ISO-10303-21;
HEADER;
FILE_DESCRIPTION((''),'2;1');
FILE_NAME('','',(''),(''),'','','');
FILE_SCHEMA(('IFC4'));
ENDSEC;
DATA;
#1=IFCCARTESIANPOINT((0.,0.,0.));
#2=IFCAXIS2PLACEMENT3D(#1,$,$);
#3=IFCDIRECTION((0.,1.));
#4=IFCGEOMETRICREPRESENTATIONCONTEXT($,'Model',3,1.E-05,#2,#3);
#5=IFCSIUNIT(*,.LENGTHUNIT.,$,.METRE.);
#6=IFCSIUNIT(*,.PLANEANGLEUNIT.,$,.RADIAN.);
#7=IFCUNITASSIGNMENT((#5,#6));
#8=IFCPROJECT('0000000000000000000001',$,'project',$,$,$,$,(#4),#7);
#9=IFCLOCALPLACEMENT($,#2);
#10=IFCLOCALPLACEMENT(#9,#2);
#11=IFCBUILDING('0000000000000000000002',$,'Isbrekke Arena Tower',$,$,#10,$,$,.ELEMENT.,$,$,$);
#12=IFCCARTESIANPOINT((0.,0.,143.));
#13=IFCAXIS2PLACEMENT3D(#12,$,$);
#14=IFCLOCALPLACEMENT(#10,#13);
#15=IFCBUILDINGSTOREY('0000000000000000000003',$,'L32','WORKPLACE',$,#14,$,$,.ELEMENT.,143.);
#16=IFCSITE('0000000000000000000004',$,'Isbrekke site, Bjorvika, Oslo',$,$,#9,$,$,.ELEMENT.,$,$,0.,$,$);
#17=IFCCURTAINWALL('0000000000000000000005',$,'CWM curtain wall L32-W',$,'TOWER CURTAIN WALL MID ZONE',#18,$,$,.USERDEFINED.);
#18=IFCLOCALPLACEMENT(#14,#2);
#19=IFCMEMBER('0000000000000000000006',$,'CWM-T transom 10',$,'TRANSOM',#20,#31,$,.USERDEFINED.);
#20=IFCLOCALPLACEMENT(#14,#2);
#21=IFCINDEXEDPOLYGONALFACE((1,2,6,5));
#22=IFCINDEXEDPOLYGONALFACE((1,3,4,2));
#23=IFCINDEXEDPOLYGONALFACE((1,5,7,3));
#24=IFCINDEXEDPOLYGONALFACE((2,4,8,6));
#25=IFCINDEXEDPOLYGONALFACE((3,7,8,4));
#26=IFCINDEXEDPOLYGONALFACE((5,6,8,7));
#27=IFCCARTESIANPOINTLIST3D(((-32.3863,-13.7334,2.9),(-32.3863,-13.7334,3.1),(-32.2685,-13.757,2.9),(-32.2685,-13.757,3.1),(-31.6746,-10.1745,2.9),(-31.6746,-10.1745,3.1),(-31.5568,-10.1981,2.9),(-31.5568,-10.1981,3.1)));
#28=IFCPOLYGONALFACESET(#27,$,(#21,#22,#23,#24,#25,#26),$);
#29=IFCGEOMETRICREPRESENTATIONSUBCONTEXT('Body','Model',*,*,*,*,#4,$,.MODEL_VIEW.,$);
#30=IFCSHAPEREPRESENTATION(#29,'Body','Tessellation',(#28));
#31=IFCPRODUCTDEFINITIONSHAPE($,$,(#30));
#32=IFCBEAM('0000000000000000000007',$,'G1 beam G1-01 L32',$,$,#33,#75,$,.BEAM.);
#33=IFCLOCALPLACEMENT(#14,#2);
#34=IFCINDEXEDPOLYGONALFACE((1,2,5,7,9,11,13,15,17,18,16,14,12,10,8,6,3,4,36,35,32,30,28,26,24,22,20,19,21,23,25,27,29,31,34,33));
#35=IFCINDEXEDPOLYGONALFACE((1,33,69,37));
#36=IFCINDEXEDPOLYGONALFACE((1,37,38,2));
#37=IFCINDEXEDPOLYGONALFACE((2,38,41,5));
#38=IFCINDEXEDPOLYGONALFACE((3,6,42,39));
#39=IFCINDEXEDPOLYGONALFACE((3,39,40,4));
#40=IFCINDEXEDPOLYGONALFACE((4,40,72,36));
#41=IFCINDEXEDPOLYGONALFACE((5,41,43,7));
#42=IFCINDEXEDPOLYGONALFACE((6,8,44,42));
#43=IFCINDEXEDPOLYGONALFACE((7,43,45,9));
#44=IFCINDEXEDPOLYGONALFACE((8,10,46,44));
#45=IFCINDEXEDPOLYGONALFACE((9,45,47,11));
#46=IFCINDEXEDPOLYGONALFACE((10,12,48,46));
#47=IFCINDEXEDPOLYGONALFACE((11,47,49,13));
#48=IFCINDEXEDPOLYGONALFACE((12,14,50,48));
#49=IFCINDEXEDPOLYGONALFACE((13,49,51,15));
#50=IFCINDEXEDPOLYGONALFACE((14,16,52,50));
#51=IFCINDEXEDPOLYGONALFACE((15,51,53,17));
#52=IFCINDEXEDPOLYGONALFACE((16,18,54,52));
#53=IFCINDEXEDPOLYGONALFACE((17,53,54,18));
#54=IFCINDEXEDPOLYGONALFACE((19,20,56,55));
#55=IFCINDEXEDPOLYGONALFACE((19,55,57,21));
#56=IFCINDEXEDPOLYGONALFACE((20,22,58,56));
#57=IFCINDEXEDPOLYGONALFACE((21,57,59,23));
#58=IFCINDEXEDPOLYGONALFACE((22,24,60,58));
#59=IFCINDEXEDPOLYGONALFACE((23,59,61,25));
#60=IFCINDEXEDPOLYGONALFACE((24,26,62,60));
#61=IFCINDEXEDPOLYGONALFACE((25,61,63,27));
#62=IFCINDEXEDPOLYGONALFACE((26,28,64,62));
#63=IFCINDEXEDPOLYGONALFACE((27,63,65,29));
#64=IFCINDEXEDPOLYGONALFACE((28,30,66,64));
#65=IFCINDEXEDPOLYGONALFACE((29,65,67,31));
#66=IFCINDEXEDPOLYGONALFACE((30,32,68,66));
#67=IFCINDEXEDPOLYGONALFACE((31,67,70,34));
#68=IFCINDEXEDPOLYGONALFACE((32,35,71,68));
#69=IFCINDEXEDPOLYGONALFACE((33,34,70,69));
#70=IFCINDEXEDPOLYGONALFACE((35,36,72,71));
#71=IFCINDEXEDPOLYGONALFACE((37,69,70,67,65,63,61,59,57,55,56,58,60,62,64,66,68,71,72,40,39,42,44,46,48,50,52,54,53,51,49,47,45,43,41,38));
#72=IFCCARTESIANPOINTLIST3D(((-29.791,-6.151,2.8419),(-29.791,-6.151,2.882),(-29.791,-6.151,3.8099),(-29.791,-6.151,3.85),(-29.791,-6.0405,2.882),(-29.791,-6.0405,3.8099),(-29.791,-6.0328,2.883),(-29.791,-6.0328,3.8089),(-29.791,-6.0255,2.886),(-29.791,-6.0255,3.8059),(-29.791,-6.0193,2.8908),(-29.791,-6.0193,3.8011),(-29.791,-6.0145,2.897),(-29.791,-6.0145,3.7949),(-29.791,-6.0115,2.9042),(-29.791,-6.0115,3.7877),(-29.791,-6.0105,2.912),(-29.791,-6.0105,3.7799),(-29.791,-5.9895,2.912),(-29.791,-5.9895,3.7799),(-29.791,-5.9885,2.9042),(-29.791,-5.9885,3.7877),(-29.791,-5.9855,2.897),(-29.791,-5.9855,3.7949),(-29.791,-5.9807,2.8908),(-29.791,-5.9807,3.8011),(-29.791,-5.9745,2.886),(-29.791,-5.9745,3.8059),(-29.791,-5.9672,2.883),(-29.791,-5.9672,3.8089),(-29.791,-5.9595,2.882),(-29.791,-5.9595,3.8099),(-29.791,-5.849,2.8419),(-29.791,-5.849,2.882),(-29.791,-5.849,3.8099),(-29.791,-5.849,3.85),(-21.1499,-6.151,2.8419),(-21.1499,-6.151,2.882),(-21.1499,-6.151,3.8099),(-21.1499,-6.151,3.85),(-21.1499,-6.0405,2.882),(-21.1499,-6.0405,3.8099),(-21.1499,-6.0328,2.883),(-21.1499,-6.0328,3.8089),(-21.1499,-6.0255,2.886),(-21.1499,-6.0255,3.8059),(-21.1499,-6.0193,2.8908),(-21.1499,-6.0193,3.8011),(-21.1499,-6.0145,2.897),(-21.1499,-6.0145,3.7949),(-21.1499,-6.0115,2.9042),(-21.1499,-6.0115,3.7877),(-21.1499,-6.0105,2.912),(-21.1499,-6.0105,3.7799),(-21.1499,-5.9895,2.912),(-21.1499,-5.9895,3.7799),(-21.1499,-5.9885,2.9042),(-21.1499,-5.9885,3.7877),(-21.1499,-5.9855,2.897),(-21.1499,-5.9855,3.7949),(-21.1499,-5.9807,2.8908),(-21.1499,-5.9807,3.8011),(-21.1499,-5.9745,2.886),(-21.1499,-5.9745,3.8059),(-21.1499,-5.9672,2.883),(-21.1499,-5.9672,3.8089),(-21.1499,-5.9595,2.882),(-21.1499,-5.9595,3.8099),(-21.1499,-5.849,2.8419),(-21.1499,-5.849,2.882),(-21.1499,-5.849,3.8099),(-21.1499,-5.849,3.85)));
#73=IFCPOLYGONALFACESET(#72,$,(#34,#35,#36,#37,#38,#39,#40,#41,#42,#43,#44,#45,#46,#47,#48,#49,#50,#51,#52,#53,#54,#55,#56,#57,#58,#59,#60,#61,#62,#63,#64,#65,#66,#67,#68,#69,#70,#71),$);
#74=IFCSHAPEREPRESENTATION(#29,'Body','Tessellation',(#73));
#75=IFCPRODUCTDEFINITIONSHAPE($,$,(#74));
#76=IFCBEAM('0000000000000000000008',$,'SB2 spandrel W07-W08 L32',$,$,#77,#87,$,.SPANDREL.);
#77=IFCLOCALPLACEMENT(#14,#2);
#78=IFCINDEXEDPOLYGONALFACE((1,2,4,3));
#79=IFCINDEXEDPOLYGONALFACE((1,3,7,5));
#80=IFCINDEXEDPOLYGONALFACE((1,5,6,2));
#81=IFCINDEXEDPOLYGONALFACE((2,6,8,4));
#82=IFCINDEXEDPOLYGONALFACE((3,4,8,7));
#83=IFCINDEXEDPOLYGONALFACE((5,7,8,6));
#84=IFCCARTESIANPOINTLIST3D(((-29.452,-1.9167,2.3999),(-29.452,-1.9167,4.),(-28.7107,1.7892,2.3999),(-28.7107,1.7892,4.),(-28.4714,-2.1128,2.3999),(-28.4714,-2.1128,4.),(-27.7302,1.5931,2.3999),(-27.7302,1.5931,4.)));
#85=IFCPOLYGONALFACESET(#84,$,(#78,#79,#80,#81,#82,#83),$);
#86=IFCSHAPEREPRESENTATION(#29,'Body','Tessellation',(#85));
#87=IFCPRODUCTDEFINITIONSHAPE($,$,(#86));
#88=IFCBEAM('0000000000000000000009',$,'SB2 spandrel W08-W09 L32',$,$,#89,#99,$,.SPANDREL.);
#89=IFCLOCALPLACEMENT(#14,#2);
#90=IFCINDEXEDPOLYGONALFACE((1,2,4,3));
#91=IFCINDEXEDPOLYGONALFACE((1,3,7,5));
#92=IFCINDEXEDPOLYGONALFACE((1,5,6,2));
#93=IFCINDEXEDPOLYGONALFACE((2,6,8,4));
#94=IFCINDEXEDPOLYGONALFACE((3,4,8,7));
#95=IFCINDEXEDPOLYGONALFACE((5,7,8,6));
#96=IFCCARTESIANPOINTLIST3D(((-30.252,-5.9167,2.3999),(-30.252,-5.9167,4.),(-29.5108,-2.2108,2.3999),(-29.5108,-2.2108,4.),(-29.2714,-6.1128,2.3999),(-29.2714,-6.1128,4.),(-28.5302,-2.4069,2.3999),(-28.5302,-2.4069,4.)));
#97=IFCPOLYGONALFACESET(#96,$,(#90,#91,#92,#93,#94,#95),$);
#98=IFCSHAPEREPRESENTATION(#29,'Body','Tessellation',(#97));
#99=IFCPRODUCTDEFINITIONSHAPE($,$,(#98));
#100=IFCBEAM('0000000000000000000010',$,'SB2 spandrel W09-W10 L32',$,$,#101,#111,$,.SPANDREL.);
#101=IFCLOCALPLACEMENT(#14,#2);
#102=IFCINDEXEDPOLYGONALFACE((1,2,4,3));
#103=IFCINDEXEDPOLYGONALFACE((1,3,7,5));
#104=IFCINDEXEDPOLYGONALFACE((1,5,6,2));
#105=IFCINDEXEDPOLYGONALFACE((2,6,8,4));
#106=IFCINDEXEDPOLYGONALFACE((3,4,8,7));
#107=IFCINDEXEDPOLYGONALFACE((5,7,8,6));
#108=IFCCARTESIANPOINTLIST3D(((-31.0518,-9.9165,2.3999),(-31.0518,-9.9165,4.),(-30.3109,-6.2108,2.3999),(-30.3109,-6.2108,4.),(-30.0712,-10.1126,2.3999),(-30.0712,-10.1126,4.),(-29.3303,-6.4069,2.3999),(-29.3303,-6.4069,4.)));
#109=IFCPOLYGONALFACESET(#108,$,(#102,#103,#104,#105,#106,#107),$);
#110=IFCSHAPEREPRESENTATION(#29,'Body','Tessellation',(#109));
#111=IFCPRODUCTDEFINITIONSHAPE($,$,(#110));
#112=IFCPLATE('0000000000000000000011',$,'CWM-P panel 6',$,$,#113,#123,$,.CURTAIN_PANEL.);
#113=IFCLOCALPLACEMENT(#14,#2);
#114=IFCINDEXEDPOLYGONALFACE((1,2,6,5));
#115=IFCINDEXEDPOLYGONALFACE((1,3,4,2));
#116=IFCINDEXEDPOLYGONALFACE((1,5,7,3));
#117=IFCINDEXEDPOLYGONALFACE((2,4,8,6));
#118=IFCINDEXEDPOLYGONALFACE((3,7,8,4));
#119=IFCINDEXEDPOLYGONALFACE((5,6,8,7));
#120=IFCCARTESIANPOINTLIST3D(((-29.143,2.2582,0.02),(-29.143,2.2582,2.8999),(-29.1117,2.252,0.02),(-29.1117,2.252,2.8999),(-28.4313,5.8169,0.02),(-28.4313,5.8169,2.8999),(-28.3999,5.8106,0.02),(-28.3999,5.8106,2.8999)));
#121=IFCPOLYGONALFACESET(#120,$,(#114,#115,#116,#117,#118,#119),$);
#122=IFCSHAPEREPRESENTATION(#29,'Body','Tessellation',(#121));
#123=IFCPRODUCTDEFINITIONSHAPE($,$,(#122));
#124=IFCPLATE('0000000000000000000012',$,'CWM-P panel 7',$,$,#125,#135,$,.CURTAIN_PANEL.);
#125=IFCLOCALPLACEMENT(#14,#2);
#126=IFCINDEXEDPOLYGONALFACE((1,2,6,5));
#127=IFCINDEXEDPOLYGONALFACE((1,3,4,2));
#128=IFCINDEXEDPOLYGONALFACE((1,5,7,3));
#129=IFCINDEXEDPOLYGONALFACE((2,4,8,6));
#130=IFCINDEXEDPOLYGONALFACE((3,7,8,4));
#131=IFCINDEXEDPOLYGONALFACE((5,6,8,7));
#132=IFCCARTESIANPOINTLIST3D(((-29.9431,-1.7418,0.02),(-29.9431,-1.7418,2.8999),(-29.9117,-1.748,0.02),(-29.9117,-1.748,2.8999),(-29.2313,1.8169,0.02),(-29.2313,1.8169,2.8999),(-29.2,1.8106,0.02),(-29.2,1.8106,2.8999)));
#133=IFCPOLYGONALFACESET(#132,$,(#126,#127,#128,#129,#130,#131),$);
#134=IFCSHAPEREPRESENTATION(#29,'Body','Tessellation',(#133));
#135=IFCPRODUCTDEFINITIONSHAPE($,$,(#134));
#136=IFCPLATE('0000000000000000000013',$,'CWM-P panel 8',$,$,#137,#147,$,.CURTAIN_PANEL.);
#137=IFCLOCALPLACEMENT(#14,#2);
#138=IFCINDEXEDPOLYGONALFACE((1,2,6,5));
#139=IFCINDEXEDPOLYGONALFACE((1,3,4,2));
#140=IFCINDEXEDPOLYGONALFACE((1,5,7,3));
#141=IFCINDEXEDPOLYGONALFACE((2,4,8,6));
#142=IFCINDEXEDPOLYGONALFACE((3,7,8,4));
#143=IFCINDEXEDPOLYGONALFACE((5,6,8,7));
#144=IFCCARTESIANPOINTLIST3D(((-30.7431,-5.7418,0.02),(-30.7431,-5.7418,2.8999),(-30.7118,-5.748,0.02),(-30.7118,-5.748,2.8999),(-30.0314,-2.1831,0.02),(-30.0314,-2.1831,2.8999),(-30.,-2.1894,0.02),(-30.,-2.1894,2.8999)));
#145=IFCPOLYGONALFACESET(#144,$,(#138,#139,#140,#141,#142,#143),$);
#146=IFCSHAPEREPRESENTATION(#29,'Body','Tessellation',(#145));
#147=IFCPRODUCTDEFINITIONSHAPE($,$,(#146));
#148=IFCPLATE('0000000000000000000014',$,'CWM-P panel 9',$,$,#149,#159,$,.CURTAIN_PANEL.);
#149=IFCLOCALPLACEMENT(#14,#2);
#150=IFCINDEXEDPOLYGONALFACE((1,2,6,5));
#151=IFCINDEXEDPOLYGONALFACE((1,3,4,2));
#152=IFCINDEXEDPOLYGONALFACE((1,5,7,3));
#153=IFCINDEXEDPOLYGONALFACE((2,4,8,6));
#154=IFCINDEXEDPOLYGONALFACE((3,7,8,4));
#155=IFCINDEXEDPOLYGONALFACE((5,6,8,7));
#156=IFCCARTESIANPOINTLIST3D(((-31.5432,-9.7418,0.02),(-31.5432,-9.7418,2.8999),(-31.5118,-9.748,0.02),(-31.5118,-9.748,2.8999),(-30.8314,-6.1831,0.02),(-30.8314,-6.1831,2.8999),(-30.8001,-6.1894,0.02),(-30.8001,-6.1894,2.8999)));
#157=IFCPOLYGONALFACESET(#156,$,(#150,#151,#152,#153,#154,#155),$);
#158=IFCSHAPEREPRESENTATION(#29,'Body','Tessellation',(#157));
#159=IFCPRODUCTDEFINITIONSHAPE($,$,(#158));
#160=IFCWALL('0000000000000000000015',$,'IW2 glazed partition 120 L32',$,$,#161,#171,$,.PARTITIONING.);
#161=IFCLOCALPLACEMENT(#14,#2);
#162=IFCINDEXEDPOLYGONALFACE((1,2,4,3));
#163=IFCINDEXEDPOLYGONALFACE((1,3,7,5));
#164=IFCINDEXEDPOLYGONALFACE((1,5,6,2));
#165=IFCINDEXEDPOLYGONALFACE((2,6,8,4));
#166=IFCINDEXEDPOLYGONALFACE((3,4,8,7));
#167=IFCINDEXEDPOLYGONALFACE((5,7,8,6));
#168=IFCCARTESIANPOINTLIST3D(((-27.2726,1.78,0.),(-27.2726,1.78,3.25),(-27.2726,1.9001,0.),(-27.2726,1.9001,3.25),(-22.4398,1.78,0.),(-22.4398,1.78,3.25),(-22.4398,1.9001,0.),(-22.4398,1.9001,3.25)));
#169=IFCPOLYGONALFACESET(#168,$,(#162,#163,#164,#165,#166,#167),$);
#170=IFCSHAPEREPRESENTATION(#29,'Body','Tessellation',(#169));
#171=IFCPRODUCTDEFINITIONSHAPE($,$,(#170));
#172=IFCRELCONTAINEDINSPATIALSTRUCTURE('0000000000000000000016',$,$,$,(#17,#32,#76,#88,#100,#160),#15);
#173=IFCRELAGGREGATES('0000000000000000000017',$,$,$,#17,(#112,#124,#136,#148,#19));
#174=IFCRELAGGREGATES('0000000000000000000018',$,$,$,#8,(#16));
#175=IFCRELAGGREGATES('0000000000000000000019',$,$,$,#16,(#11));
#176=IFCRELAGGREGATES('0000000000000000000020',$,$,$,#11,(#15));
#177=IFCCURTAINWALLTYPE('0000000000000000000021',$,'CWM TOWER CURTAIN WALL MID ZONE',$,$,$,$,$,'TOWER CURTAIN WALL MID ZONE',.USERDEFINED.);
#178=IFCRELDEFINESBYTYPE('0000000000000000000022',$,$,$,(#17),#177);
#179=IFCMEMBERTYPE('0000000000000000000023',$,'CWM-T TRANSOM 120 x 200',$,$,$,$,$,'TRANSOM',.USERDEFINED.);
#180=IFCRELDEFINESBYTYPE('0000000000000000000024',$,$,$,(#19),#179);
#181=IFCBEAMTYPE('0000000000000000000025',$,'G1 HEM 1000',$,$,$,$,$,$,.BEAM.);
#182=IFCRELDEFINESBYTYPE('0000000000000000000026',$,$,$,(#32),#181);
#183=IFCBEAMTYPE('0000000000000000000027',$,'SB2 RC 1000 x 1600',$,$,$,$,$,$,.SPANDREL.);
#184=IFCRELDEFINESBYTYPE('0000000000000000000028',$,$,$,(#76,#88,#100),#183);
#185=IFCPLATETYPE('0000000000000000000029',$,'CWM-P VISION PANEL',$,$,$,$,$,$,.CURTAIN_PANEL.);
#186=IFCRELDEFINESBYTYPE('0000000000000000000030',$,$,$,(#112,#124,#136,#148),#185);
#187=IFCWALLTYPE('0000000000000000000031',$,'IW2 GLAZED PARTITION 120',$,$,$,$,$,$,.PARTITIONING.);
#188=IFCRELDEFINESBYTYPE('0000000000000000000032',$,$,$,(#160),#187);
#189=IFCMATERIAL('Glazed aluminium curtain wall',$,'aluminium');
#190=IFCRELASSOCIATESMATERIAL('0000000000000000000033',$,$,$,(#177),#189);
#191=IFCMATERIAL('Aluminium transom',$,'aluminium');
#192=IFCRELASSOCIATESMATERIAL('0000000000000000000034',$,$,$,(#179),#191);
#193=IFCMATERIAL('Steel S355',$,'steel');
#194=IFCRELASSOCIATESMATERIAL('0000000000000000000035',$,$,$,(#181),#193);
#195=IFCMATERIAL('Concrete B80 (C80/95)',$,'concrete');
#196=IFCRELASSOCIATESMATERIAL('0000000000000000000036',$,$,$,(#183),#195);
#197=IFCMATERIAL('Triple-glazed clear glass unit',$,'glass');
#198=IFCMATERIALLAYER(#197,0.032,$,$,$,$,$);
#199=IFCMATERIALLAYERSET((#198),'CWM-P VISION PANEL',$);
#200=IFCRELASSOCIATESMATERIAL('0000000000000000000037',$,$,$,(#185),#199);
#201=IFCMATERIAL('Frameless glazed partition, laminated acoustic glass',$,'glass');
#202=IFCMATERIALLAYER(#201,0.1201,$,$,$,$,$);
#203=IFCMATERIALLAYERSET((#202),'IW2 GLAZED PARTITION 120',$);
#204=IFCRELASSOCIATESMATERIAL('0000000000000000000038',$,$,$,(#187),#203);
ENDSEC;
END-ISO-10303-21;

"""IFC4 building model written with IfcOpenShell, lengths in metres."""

from ifc_helpers import new_model, si_unit, direction, frame, frame_2d, origin, origin_2d, place, context, subcontext, project, spatial, rectangle, i_section, extrude, material, layer, layer_set, material_profile, profile_set, type_object, element, aggregate, save


model = new_model("IFC4")

# Units and contexts
model_context = context("Model", 3, precision=1e-05, world=origin(), true_north=direction((0.0, 1.0)))
body_context = subcontext(model_context, "Body", "Model", "MODEL_VIEW")
ifc_project = project(units=[si_unit("LENGTHUNIT", "METRE"), si_unit("PLANEANGLEUNIT", "RADIAN")], contexts=[model_context])

# Site, building, storey
site_placement = place(None, origin())
site = spatial("IfcSite", under=ifc_project, at=site_placement, Name="Isbrekke site, Bjorvika, Oslo", CompositionType="ELEMENT", RefElevation=0.0)
building_placement = place(site_placement, origin())
building = spatial("IfcBuilding", under=site, at=building_placement, Name="Isbrekke Arena Tower", CompositionType="ELEMENT")
storey_placement = place(building_placement, frame((0.0, 0.0, 143.0)))
storey = spatial("IfcBuildingStorey", under=building, at=storey_placement, Name="L32", Description="WORKPLACE", CompositionType="ELEMENT", Elevation=143.0)

# Curtain wall, member
ifc_material_1 = material(Name="Glazed aluminium curtain wall", Category="aluminium")
curtain_wall_type = type_object("IfcCurtainWallType", Name="CWM TOWER CURTAIN WALL MID ZONE", ElementType="TOWER CURTAIN WALL MID ZONE", PredefinedType="USERDEFINED", material=ifc_material_1)
curtain_wall_placement = place(storey_placement, origin())
curtain_wall = element("IfcCurtainWall", 1, at=curtain_wall_placement, inside=storey, type_object=curtain_wall_type, Name="CWM curtain wall L32-W", ObjectType="TOWER CURTAIN WALL MID ZONE", PredefinedType="USERDEFINED")
ifc_material_2 = material(Name="Aluminium transom", Category="aluminium")
ifc_material_profile_1 = material_profile(ifc_material_2, rectangle(XDim=0.1201, YDim=0.2, at=origin_2d()), Name="TRANSOM 120X200")
ifc_profile_set_1 = profile_set([ifc_material_profile_1], Name="Aluminium transom")
member_type_1 = type_object("IfcMemberType", Name="CWM-T TRANSOM 120 x 200", ElementType="TRANSOM", PredefinedType="USERDEFINED", material=ifc_profile_set_1)
member_1_placement = place(storey_placement, frame((-31.6157, -10.1863, 3.0), z_axis=(-0.19609, -0.980586, 0.0), x_axis=(0.980586, -0.19609, 0.0)))
member_1 = element("IfcMember", 2, at=member_1_placement, type_object=member_type_1, Name="CWM-T transom 10", ObjectType="TRANSOM", PredefinedType="USERDEFINED", context=body_context, shape_type="SweptSolid", body=[
    extrude(rectangle(XDim=0.1201, YDim=0.2, at=origin_2d()), origin(), (0.0, 0.0, 1.0), 3.6294),
])

# Beams
ifc_material_3 = material(Name="Steel S355", Category="steel")
ifc_material_profile_2 = material_profile(ifc_material_3, i_section(OverallWidth=0.302, OverallDepth=1.0081, WebThickness=0.021, FlangeThickness=0.04, FilletRadius=0.03, at=origin_2d()), Name="HEM 1000")
ifc_profile_set_2 = profile_set([ifc_material_profile_2], Name="Steel S355")
beam_type_1 = type_object("IfcBeamType", Name="G1 HEM 1000", PredefinedType="BEAM", material=ifc_profile_set_2)
beam_1_placement = place(storey_placement, frame((-29.791, -6.0, 3.3459), z_axis=(1.0, 0.0, 0.0), x_axis=(0.0, 1.0, 0.0)))
element("IfcBeam", 3, at=beam_1_placement, inside=storey, type_object=beam_type_1, Name="G1 beam G1-01 L32", PredefinedType="BEAM", context=body_context, shape_type="SweptSolid", body=[
    extrude(i_section(OverallWidth=0.302, OverallDepth=1.0081, WebThickness=0.021, FlangeThickness=0.04, FilletRadius=0.03, at=origin_2d()), origin(), (0.0, 0.0, 1.0), 8.6411),
])
ifc_material_4 = material(Name="Concrete B80 (C80/95)", Category="concrete")
ifc_material_profile_3 = material_profile(ifc_material_4, rectangle(XDim=1.0, YDim=1.6001, at=origin_2d()), Name="RC 1000x1600")
ifc_profile_set_3 = profile_set([ifc_material_profile_3], Name="Concrete B80 (C80/95)")
beam_type_2 = type_object("IfcBeamType", Name="SB2 RC 1000 x 1600", PredefinedType="SPANDREL", material=ifc_profile_set_3)
for number, where, z_axis, x_axis, name in (
    (4, (-28.2205, 1.6912, 3.2), (-0.196129, -0.980578, 0.0), (0.980578, -0.196129, 0.0), "SB2 spandrel W07-W08 L32"),
    (5, (-29.0205, -2.3088, 3.2), (-0.196129, -0.980578, 0.0), (0.980578, -0.196129, 0.0), "SB2 spandrel W08-W09 L32"),
):
    element("IfcBeam", number, at=place(storey_placement, frame(where, z_axis=z_axis, x_axis=x_axis)), inside=storey, type_object=beam_type_2, Name=name, PredefinedType="SPANDREL", context=body_context, shape_type="SweptSolid", body=[
        extrude(rectangle(XDim=1.0, YDim=1.6001, at=origin_2d()), origin(), (0.0, 0.0, 1.0), 3.7793),
    ])
beam_2_placement = place(storey_placement, frame((-29.8206, -6.3088, 3.2), z_axis=(-0.196066, -0.980591, 0.0), x_axis=(0.980591, -0.196066, 0.0)))
element("IfcBeam", 6, at=beam_2_placement, inside=storey, type_object=beam_type_2, Name="SB2 spandrel W09-W10 L32", PredefinedType="SPANDREL", context=body_context, shape_type="SweptSolid", body=[
    extrude(rectangle(XDim=1.0, YDim=1.6001, at=origin_2d()), origin(), (0.0, 0.0, 1.0), 3.7791),
])

# Plates
ifc_material_5 = material(Name="Triple-glazed clear glass unit", Category="glass")
ifc_layer_1 = layer(ifc_material_5, 0.032)
ifc_layer_set_1 = layer_set([ifc_layer_1], Name="CWM-P VISION PANEL")
plate_type = type_object("IfcPlateType", Name="CWM-P VISION PANEL", PredefinedType="CURTAIN_PANEL", material=ifc_layer_set_1)
plate_1_placement = place(storey_placement, frame((-28.7715, 4.0344, 0.02), z_axis=(0.0, 0.0, 1.0), x_axis=(-0.196116, -0.980581, 0.0)))
plate_1 = element("IfcPlate", 7, at=plate_1_placement, type_object=plate_type, Name="CWM-P panel 6", PredefinedType="CURTAIN_PANEL", context=body_context, shape_type="SweptSolid", body=[
    extrude(rectangle(XDim=3.6292, YDim=0.032, at=origin_2d()), origin(), (0.0, 0.0, 1.0), 2.8799),
])
plate_2_placement = place(storey_placement, frame((-29.5715, 0.0344, 0.02), z_axis=(0.0, 0.0, 1.0), x_axis=(-0.196116, -0.980581, 0.0)))
plate_2 = element("IfcPlate", 8, at=plate_2_placement, type_object=plate_type, Name="CWM-P panel 7", PredefinedType="CURTAIN_PANEL", context=body_context, shape_type="SweptSolid", body=[
    extrude(rectangle(XDim=3.6292, YDim=0.032, at=origin_2d()), origin(), (0.0, 0.0, 1.0), 2.8799),
])
plate_3_placement = place(storey_placement, frame((-30.3716, -3.9656, 0.02), z_axis=(0.0, 0.0, 1.0), x_axis=(-0.196116, -0.980581, 0.0)))
plate_3 = element("IfcPlate", 9, at=plate_3_placement, type_object=plate_type, Name="CWM-P panel 8", PredefinedType="CURTAIN_PANEL", context=body_context, shape_type="SweptSolid", body=[
    extrude(rectangle(XDim=3.6292, YDim=0.032, at=origin_2d()), origin(), (0.0, 0.0, 1.0), 2.8799),
])
plate_4_placement = place(storey_placement, frame((-31.1716, -7.9656, 0.02), z_axis=(0.0, 0.0, 1.0), x_axis=(-0.196116, -0.980581, 0.0)))
plate_4 = element("IfcPlate", 10, at=plate_4_placement, type_object=plate_type, Name="CWM-P panel 9", PredefinedType="CURTAIN_PANEL", context=body_context, shape_type="SweptSolid", body=[
    extrude(rectangle(XDim=3.6292, YDim=0.032, at=origin_2d()), origin(), (0.0, 0.0, 1.0), 2.8799),
])
aggregate(curtain_wall, [plate_1, plate_2, plate_3, plate_4, member_1])

# Wall
ifc_material_6 = material(Name="Frameless glazed partition, laminated acoustic glass", Category="glass")
ifc_layer_2 = layer(ifc_material_6, 0.1201)
ifc_layer_set_2 = layer_set([ifc_layer_2], Name="IW2 GLAZED PARTITION 120")
wall_type = type_object("IfcWallType", Name="IW2 GLAZED PARTITION 120", PredefinedType="PARTITIONING", material=ifc_layer_set_2)
wall_1_placement = place(storey_placement, frame((-27.2727, 1.8401, 0.0), z_axis=(0.0, 0.0, 1.0), x_axis=(1.0, 0.0, 0.0)))
element("IfcWall", 11, at=wall_1_placement, inside=storey, type_object=wall_type, Name="IW2 glazed partition 120 L32", PredefinedType="PARTITIONING", context=body_context, shape_type="SweptSolid", body=[
    extrude(rectangle(XDim=4.8328, YDim=0.1201, at=frame_2d((2.4165, 0.0))), origin(), (0.0, 0.0, 1.0), 3.25),
])

save(model, "model.ifc")
